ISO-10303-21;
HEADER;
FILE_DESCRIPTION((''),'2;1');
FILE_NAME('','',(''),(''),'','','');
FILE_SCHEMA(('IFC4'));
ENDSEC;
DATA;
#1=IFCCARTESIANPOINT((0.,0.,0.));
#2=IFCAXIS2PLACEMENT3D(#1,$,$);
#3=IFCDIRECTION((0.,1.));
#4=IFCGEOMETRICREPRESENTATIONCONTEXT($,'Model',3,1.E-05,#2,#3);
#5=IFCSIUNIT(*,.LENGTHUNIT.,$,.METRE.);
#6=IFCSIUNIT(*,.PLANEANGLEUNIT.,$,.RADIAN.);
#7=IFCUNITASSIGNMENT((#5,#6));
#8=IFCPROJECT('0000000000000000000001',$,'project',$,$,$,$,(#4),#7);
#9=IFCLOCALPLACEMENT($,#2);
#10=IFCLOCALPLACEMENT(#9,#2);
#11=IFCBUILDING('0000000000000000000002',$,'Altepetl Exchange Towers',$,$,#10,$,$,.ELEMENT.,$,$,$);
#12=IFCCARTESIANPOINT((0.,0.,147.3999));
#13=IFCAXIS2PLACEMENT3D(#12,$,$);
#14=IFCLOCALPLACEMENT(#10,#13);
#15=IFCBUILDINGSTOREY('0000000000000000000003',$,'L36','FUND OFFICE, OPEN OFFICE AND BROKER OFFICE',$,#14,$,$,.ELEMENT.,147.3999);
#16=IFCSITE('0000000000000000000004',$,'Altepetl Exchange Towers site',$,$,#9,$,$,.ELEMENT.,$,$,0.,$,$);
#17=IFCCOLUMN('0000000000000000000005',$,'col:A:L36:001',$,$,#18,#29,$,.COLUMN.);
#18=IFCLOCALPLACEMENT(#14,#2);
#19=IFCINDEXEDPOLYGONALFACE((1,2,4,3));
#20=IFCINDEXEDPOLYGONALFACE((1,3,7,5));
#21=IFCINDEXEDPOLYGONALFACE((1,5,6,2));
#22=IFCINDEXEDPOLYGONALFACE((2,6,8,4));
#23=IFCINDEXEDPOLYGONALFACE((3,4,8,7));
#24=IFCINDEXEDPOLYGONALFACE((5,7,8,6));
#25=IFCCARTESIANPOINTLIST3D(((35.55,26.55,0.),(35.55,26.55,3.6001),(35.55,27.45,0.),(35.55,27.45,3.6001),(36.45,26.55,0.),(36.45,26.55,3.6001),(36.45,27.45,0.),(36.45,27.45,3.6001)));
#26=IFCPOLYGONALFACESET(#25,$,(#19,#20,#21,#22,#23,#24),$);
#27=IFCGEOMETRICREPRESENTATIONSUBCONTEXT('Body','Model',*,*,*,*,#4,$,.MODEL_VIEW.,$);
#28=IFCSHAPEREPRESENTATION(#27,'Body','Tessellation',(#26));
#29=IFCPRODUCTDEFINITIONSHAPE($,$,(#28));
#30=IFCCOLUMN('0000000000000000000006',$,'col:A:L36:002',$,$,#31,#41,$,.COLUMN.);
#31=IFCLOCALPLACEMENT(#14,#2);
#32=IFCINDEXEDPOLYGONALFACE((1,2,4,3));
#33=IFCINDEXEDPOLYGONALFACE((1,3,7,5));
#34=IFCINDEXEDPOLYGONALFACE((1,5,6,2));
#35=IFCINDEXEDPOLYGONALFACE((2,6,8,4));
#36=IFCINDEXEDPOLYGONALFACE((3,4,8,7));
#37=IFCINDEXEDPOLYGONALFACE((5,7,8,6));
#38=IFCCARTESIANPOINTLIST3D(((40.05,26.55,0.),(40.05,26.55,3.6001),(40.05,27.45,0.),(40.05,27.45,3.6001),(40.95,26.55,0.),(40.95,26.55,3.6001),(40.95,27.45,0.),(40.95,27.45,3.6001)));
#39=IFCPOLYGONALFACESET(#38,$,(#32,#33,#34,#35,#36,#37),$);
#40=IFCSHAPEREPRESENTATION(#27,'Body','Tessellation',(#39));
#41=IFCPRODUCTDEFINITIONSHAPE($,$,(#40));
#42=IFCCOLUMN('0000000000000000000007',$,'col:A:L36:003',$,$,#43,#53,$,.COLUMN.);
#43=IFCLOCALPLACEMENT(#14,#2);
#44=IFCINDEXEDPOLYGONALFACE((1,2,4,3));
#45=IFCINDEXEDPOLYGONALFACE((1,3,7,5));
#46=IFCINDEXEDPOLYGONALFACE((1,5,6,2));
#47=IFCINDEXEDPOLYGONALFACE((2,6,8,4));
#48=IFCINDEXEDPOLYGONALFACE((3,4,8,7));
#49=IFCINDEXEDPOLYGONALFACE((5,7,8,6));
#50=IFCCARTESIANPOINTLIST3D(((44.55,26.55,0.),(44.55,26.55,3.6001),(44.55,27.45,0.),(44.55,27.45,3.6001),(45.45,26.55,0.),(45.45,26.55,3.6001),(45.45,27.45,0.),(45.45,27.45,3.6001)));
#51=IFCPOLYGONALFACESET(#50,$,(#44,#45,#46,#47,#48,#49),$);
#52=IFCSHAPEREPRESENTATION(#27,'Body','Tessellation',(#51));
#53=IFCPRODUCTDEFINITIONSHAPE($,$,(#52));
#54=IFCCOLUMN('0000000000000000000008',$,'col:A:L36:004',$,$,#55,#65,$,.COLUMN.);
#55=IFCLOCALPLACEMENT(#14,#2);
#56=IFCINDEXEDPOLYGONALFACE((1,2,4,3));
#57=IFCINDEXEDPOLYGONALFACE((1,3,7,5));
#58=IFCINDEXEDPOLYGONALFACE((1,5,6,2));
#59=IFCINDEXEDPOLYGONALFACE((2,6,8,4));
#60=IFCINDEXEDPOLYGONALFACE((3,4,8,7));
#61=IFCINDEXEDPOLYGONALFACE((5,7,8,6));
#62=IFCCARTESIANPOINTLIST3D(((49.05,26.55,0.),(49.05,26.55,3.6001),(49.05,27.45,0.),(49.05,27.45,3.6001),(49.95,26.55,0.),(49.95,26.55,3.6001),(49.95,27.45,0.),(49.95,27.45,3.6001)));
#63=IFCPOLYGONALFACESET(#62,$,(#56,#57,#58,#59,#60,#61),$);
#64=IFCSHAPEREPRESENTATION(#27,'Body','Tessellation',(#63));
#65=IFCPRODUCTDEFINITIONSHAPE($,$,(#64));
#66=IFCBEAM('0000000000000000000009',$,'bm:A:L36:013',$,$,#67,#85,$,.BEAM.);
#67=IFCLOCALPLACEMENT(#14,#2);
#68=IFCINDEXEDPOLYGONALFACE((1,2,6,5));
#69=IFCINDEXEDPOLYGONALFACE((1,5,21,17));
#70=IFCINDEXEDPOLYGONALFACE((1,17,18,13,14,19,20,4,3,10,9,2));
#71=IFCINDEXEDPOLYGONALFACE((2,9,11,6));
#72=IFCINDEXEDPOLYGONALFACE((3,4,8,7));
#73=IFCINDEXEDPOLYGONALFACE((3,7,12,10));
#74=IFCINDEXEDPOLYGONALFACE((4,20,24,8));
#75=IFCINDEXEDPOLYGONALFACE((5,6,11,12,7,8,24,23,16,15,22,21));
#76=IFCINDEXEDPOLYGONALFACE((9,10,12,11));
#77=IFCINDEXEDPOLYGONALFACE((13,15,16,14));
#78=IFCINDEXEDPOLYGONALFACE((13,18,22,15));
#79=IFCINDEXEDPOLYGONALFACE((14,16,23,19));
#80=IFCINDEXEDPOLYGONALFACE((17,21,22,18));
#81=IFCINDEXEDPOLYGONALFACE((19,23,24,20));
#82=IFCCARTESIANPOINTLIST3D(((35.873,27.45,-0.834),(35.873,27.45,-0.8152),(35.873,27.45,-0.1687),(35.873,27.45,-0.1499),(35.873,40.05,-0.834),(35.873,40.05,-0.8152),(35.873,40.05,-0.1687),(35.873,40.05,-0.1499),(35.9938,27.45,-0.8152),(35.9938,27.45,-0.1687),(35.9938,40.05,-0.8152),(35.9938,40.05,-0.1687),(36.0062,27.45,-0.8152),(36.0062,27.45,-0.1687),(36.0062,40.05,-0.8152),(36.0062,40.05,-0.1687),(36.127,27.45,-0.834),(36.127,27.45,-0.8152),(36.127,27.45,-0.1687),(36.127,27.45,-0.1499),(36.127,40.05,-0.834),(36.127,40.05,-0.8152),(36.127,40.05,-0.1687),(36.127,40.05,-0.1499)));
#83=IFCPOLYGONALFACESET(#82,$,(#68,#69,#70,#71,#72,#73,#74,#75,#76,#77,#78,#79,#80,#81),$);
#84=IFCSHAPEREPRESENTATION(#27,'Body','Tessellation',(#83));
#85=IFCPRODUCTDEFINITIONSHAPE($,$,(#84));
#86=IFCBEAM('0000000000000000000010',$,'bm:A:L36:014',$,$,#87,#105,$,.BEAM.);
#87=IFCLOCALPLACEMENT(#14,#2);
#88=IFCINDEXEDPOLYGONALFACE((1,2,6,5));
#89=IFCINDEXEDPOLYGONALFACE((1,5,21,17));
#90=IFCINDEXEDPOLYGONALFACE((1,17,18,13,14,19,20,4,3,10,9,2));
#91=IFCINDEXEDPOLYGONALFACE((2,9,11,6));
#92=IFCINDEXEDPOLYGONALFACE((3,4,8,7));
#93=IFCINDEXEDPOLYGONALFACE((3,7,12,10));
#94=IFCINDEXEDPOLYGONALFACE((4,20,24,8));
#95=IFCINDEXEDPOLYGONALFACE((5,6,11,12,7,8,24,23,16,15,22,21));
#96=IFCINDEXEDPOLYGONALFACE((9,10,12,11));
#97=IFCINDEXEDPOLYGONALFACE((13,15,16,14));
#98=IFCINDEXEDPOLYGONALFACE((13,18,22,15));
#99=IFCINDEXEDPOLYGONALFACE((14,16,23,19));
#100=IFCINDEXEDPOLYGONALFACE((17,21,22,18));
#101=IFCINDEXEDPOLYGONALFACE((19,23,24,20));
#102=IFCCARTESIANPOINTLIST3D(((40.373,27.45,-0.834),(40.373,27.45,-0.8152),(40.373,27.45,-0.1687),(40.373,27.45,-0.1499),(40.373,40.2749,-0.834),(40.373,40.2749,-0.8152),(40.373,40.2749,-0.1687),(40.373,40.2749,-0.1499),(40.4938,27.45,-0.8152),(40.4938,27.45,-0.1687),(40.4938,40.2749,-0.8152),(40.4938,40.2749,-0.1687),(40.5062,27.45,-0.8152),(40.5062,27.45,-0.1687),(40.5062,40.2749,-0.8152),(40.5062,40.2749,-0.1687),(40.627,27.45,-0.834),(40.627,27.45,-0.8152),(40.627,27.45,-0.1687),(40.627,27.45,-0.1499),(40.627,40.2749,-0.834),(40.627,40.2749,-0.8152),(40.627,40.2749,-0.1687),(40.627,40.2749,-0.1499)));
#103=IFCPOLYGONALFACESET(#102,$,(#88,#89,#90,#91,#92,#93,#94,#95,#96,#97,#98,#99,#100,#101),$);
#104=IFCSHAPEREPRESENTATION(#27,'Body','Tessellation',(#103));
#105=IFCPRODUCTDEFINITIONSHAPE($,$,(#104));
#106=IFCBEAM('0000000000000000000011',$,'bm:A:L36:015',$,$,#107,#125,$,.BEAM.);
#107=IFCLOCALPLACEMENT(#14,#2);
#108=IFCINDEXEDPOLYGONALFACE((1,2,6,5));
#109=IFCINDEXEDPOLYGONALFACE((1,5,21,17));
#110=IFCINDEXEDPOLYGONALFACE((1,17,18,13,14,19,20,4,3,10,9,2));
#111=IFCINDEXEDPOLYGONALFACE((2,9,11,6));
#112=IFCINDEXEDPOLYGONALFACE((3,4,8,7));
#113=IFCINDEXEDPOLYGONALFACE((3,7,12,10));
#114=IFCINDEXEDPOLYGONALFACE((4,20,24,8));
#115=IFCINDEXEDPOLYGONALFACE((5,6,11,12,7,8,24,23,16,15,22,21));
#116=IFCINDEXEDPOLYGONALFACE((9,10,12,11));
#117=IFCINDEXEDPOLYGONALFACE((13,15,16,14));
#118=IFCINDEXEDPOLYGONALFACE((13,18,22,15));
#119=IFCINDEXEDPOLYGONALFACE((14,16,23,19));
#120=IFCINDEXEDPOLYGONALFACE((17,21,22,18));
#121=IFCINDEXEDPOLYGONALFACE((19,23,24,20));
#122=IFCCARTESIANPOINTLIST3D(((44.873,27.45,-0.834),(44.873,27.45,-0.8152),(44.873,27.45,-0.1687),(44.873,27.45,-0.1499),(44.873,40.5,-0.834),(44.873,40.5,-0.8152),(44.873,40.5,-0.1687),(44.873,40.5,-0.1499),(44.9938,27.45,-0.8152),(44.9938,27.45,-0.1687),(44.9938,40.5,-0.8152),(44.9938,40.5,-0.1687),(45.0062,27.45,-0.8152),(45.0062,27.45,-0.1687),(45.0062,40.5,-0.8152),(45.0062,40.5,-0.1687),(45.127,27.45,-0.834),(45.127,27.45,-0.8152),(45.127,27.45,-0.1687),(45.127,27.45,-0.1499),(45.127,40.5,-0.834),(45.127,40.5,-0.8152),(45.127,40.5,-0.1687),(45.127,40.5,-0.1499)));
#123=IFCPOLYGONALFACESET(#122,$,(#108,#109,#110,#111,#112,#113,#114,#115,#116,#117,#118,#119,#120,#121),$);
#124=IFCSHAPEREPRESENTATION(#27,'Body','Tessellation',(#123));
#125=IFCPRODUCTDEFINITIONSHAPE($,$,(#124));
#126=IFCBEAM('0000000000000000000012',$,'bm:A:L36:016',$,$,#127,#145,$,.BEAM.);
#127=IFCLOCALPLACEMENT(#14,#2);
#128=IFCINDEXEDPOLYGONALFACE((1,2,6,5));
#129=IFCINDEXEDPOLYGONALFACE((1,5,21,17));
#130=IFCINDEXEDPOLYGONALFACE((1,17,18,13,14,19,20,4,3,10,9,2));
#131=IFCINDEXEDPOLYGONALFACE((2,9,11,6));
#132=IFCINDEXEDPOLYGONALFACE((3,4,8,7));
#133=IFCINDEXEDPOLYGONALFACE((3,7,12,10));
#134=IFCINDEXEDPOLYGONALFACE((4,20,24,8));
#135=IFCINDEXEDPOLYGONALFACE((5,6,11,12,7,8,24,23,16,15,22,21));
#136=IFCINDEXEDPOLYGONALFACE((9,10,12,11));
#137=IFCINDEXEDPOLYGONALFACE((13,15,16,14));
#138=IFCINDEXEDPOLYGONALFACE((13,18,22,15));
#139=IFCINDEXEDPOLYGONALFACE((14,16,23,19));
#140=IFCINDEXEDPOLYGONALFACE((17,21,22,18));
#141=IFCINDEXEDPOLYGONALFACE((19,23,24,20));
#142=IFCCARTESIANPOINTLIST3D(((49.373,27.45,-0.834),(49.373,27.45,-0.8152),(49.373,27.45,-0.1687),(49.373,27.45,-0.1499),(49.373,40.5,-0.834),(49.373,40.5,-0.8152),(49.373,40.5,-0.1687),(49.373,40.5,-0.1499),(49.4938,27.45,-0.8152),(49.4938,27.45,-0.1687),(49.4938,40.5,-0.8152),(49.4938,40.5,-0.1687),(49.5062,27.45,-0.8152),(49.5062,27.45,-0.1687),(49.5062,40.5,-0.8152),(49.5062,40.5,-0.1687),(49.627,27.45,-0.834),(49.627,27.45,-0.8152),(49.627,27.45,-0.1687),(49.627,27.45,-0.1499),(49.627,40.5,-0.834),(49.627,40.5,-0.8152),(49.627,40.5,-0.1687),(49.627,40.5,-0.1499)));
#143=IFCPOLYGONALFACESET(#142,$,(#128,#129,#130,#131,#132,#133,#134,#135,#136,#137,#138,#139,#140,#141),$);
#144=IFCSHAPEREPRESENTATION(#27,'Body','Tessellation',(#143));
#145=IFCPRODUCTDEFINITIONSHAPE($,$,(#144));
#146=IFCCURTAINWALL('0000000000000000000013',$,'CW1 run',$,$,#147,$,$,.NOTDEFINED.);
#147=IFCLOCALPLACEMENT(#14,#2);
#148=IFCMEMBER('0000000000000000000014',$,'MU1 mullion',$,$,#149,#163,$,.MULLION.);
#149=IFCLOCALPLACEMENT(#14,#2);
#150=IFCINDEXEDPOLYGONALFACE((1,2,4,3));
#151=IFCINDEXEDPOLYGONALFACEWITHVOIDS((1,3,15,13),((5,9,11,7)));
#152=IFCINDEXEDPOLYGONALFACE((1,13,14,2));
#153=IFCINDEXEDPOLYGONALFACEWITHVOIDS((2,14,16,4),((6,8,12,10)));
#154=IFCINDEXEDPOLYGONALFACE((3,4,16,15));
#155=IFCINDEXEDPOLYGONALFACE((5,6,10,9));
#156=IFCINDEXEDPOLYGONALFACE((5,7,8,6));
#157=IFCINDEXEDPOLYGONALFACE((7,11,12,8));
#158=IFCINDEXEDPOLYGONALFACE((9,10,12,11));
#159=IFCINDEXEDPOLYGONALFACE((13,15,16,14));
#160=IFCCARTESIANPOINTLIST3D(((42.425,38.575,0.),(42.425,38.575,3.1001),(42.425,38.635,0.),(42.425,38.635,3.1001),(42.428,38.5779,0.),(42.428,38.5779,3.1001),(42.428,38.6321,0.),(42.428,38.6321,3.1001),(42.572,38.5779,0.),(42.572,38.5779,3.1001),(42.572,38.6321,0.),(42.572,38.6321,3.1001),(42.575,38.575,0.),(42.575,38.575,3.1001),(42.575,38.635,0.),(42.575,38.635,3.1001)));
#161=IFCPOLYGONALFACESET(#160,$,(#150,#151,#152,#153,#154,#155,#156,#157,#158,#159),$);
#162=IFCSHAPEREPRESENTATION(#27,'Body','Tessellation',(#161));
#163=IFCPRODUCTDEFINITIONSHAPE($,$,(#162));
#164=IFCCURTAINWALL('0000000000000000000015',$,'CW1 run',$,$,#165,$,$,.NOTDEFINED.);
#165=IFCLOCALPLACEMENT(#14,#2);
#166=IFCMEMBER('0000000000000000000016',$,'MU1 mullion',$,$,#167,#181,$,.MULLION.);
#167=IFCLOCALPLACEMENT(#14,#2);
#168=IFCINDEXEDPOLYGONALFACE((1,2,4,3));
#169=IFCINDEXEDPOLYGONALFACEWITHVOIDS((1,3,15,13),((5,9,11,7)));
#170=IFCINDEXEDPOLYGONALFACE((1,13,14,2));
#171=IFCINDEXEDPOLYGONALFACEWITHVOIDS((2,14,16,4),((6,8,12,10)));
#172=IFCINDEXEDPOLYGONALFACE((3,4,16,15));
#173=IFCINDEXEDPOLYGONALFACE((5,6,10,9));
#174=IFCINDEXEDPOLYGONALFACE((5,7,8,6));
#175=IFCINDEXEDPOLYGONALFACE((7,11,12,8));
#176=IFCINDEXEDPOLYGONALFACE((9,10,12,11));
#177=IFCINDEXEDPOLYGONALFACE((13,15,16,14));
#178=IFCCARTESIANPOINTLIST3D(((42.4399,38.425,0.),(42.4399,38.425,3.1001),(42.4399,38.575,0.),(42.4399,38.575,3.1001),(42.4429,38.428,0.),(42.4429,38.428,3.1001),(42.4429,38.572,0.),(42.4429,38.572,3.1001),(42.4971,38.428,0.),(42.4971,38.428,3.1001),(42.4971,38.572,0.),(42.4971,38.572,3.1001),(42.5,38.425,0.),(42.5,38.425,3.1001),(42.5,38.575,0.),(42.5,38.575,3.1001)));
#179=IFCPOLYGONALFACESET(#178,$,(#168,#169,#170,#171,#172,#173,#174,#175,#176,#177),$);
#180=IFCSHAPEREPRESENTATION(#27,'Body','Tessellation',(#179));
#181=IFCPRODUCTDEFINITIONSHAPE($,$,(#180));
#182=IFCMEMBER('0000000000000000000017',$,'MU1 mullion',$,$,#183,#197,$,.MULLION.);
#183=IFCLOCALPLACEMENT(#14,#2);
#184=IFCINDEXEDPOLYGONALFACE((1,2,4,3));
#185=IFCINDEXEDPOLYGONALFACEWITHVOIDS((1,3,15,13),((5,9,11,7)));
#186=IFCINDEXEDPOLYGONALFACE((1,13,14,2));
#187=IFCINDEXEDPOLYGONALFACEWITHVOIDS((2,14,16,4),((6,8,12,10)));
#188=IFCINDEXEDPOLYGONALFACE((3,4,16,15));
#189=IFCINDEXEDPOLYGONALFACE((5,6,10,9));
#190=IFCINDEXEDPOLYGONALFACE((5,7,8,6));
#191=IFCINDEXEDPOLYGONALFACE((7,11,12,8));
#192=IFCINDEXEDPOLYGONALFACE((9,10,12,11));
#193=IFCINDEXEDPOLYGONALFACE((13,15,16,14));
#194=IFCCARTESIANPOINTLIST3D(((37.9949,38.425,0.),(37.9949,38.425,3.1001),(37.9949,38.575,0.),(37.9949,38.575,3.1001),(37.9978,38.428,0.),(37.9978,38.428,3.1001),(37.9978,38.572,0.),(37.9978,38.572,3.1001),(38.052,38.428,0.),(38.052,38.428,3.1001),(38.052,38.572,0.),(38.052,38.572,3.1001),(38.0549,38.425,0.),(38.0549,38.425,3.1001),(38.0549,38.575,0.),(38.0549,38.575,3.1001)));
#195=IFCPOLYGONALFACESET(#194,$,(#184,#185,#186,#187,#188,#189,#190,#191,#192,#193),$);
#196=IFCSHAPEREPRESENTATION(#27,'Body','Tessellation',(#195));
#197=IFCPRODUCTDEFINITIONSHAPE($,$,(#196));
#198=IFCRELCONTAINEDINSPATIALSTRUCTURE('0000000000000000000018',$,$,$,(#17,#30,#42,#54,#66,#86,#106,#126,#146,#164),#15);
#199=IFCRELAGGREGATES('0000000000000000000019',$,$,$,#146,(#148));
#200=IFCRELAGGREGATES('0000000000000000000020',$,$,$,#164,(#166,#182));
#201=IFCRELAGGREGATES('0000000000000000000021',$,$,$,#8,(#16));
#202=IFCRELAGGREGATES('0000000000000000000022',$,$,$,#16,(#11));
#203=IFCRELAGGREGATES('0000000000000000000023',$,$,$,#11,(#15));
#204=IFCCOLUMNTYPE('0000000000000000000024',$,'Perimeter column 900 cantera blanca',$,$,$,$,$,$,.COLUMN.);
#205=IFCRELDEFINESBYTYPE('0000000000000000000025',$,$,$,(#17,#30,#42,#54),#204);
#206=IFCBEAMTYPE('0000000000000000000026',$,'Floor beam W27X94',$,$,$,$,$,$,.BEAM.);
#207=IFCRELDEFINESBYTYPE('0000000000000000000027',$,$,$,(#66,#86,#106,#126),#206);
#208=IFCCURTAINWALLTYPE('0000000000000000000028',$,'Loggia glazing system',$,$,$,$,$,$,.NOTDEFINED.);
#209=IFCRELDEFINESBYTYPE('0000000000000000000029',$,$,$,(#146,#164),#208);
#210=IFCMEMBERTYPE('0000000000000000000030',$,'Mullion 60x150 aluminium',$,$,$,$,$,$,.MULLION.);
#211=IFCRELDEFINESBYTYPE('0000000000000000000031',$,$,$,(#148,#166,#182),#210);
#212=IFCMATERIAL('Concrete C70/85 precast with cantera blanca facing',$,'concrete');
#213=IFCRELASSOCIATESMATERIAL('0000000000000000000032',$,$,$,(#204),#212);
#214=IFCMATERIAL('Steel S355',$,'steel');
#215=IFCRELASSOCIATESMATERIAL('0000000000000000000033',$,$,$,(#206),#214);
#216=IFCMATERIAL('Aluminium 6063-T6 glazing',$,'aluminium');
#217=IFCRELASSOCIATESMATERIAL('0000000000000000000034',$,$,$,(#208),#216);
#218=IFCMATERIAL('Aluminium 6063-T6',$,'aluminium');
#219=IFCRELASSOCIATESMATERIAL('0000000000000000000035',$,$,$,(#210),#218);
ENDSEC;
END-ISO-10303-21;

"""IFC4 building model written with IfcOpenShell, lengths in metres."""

from ifc_helpers import new_model, si_unit, direction, frame, origin, origin_2d, place, context, subcontext, project, spatial, rectangle, hollow_rectangle, i_section, extrude, material, material_profile, profile_set, type_object, element, aggregate, save


model = new_model("IFC4")

# Units and contexts
model_context = context("Model", 3, precision=1e-05, world=origin(), true_north=direction((0.0, 1.0)))
body_context = subcontext(model_context, "Body", "Model", "MODEL_VIEW")
ifc_project = project(units=[si_unit("LENGTHUNIT", "METRE"), si_unit("PLANEANGLEUNIT", "RADIAN")], contexts=[model_context])

# Site, building, storey
site_placement = place(None, origin())
site = spatial("IfcSite", under=ifc_project, at=site_placement, Name="Altepetl Exchange Towers site", CompositionType="ELEMENT", RefElevation=0.0)
building_placement = place(site_placement, origin())
building = spatial("IfcBuilding", under=site, at=building_placement, Name="Altepetl Exchange Towers", CompositionType="ELEMENT")
storey_placement = place(building_placement, frame((0.0, 0.0, 147.3999)))
storey = spatial("IfcBuildingStorey", under=building, at=storey_placement, Name="L36", Description="FUND OFFICE, OPEN OFFICE AND BROKER OFFICE", CompositionType="ELEMENT", Elevation=147.3999)

# Columns
ifc_material_1 = material(Name="Concrete C70/85 precast with cantera blanca facing", Category="concrete")
ifc_material_profile_1 = material_profile(ifc_material_1, rectangle(XDim=0.8999, YDim=0.8999, at=origin_2d()), Name="900 x 900")
ifc_profile_set_1 = profile_set([ifc_material_profile_1], Name="Concrete C70/85 precast with cantera blanca facing")
column_type = type_object("IfcColumnType", Name="Perimeter column 900 cantera blanca", PredefinedType="COLUMN", material=ifc_profile_set_1)
for number, where, name in (
    (1, (36.0, 27.0, 0.0), "col:A:L36:001"),
    (2, (40.5, 27.0, 0.0), "col:A:L36:002"),
    (3, (45.0, 27.0, 0.0), "col:A:L36:003"),
    (4, (49.5, 27.0, 0.0), "col:A:L36:004"),
):
    element("IfcColumn", number, at=place(storey_placement, frame(where)), inside=storey, type_object=column_type, Name=name, PredefinedType="COLUMN", context=body_context, shape_type="SweptSolid", body=[
        extrude(rectangle(XDim=0.8999, YDim=0.8999, at=origin_2d()), origin(), (0.0, 0.0, 1.0), 3.6001),
    ])

# Beams
ifc_material_2 = material(Name="Steel S355", Category="steel")
ifc_material_profile_2 = material_profile(ifc_material_2, i_section(OverallWidth=0.2539, OverallDepth=0.6841, WebThickness=0.0125, FlangeThickness=0.0188, at=origin_2d()), Name="W27X94")
ifc_profile_set_2 = profile_set([ifc_material_profile_2], Name="Steel S355")
beam_type_1 = type_object("IfcBeamType", Name="Floor beam W27X94", PredefinedType="BEAM", material=ifc_profile_set_2)
beam_1_placement = place(storey_placement, frame((36.0, 27.45, -0.4919), z_axis=(0.0, 1.0, 0.0), x_axis=(-1.0, 0.0, 0.0)))
element("IfcBeam", 5, at=beam_1_placement, inside=storey, type_object=beam_type_1, Name="bm:A:L36:013", PredefinedType="BEAM", context=body_context, shape_type="SweptSolid", body=[
    extrude(i_section(OverallWidth=0.2539, OverallDepth=0.6841, WebThickness=0.0125, FlangeThickness=0.0188, at=origin_2d()), origin(), (0.0, 0.0, 1.0), 12.6001),
])
beam_2_placement = place(storey_placement, frame((40.5, 27.45, -0.4919), z_axis=(0.0, 1.0, 0.0), x_axis=(-1.0, 0.0, 0.0)))
element("IfcBeam", 6, at=beam_2_placement, inside=storey, type_object=beam_type_1, Name="bm:A:L36:014", PredefinedType="BEAM", context=body_context, shape_type="SweptSolid", body=[
    extrude(i_section(OverallWidth=0.2539, OverallDepth=0.6841, WebThickness=0.0125, FlangeThickness=0.0188, at=origin_2d()), origin(), (0.0, 0.0, 1.0), 12.825),
])
for number, where, z_axis, x_axis, name in (
    (7, (45.0, 27.45, -0.4919), (0.0, 1.0, 0.0), (-1.0, 0.0, 0.0), "bm:A:L36:015"),
    (8, (49.5, 27.45, -0.4919), (0.0, 1.0, 0.0), (-1.0, 0.0, 0.0), "bm:A:L36:016"),
):
    element("IfcBeam", number, at=place(storey_placement, frame(where, z_axis=z_axis, x_axis=x_axis)), inside=storey, type_object=beam_type_1, Name=name, PredefinedType="BEAM", context=body_context, shape_type="SweptSolid", body=[
        extrude(i_section(OverallWidth=0.2539, OverallDepth=0.6841, WebThickness=0.0125, FlangeThickness=0.0188, at=origin_2d()), origin(), (0.0, 0.0, 1.0), 13.05),
    ])

# Curtain wall, member
ifc_material_3 = material(Name="Aluminium 6063-T6 glazing", Category="aluminium")
curtain_wall_type = type_object("IfcCurtainWallType", Name="Loggia glazing system", PredefinedType="NOTDEFINED", material=ifc_material_3)
curtain_wall_1_placement = place(storey_placement, origin())
curtain_wall_1 = element("IfcCurtainWall", 9, at=curtain_wall_1_placement, inside=storey, type_object=curtain_wall_type, Name="CW1 run", PredefinedType="NOTDEFINED")
ifc_material_4 = material(Name="Aluminium 6063-T6", Category="aluminium")
ifc_material_profile_3 = material_profile(ifc_material_4, hollow_rectangle(XDim=0.0601, YDim=0.1499, WallThickness=0.0029, at=origin_2d()), Name="Mullion 60x150 aluminium")
ifc_profile_set_3 = profile_set([ifc_material_profile_3], Name="Aluminium 6063-T6")
member_type = type_object("IfcMemberType", Name="Mullion 60x150 aluminium", PredefinedType="MULLION", material=ifc_profile_set_3)
member_1_placement = place(storey_placement, frame((42.5, 38.605, 0.0), z_axis=(0.0, 0.0, 1.0), x_axis=(0.0, -1.0, 0.0)))
member_1 = element("IfcMember", 10, at=member_1_placement, type_object=member_type, Name="MU1 mullion", PredefinedType="MULLION", context=body_context, shape_type="SweptSolid", body=[
    extrude(hollow_rectangle(XDim=0.0601, YDim=0.1499, WallThickness=0.0029, at=origin_2d()), origin(), (0.0, 0.0, 1.0), 3.1001),
])
aggregate(curtain_wall_1, [member_1])

# Curtain wall, members
curtain_wall_2_placement = place(storey_placement, origin())
curtain_wall_2 = element("IfcCurtainWall", 11, at=curtain_wall_2_placement, inside=storey, type_object=curtain_wall_type, Name="CW1 run", PredefinedType="NOTDEFINED")
member_2_placement = place(storey_placement, frame((42.47, 38.5, 0.0), z_axis=(0.0, 0.0, 1.0), x_axis=(-1.0, 0.0, 0.0)))
member_2 = element("IfcMember", 12, at=member_2_placement, type_object=member_type, Name="MU1 mullion", PredefinedType="MULLION", context=body_context, shape_type="SweptSolid", body=[
    extrude(hollow_rectangle(XDim=0.0601, YDim=0.1499, WallThickness=0.0029, at=origin_2d()), origin(), (0.0, 0.0, 1.0), 3.1001),
])
member_3_placement = place(storey_placement, frame((38.0249, 38.5, 0.0), z_axis=(0.0, 0.0, 1.0), x_axis=(-1.0, 0.0, 0.0)))
member_3 = element("IfcMember", 13, at=member_3_placement, type_object=member_type, Name="MU1 mullion", PredefinedType="MULLION", context=body_context, shape_type="SweptSolid", body=[
    extrude(hollow_rectangle(XDim=0.0601, YDim=0.1499, WallThickness=0.0029, at=origin_2d()), origin(), (0.0, 0.0, 1.0), 3.1001),
])

aggregate(curtain_wall_2, [member_2, member_3])

save(model, "model.ifc")
